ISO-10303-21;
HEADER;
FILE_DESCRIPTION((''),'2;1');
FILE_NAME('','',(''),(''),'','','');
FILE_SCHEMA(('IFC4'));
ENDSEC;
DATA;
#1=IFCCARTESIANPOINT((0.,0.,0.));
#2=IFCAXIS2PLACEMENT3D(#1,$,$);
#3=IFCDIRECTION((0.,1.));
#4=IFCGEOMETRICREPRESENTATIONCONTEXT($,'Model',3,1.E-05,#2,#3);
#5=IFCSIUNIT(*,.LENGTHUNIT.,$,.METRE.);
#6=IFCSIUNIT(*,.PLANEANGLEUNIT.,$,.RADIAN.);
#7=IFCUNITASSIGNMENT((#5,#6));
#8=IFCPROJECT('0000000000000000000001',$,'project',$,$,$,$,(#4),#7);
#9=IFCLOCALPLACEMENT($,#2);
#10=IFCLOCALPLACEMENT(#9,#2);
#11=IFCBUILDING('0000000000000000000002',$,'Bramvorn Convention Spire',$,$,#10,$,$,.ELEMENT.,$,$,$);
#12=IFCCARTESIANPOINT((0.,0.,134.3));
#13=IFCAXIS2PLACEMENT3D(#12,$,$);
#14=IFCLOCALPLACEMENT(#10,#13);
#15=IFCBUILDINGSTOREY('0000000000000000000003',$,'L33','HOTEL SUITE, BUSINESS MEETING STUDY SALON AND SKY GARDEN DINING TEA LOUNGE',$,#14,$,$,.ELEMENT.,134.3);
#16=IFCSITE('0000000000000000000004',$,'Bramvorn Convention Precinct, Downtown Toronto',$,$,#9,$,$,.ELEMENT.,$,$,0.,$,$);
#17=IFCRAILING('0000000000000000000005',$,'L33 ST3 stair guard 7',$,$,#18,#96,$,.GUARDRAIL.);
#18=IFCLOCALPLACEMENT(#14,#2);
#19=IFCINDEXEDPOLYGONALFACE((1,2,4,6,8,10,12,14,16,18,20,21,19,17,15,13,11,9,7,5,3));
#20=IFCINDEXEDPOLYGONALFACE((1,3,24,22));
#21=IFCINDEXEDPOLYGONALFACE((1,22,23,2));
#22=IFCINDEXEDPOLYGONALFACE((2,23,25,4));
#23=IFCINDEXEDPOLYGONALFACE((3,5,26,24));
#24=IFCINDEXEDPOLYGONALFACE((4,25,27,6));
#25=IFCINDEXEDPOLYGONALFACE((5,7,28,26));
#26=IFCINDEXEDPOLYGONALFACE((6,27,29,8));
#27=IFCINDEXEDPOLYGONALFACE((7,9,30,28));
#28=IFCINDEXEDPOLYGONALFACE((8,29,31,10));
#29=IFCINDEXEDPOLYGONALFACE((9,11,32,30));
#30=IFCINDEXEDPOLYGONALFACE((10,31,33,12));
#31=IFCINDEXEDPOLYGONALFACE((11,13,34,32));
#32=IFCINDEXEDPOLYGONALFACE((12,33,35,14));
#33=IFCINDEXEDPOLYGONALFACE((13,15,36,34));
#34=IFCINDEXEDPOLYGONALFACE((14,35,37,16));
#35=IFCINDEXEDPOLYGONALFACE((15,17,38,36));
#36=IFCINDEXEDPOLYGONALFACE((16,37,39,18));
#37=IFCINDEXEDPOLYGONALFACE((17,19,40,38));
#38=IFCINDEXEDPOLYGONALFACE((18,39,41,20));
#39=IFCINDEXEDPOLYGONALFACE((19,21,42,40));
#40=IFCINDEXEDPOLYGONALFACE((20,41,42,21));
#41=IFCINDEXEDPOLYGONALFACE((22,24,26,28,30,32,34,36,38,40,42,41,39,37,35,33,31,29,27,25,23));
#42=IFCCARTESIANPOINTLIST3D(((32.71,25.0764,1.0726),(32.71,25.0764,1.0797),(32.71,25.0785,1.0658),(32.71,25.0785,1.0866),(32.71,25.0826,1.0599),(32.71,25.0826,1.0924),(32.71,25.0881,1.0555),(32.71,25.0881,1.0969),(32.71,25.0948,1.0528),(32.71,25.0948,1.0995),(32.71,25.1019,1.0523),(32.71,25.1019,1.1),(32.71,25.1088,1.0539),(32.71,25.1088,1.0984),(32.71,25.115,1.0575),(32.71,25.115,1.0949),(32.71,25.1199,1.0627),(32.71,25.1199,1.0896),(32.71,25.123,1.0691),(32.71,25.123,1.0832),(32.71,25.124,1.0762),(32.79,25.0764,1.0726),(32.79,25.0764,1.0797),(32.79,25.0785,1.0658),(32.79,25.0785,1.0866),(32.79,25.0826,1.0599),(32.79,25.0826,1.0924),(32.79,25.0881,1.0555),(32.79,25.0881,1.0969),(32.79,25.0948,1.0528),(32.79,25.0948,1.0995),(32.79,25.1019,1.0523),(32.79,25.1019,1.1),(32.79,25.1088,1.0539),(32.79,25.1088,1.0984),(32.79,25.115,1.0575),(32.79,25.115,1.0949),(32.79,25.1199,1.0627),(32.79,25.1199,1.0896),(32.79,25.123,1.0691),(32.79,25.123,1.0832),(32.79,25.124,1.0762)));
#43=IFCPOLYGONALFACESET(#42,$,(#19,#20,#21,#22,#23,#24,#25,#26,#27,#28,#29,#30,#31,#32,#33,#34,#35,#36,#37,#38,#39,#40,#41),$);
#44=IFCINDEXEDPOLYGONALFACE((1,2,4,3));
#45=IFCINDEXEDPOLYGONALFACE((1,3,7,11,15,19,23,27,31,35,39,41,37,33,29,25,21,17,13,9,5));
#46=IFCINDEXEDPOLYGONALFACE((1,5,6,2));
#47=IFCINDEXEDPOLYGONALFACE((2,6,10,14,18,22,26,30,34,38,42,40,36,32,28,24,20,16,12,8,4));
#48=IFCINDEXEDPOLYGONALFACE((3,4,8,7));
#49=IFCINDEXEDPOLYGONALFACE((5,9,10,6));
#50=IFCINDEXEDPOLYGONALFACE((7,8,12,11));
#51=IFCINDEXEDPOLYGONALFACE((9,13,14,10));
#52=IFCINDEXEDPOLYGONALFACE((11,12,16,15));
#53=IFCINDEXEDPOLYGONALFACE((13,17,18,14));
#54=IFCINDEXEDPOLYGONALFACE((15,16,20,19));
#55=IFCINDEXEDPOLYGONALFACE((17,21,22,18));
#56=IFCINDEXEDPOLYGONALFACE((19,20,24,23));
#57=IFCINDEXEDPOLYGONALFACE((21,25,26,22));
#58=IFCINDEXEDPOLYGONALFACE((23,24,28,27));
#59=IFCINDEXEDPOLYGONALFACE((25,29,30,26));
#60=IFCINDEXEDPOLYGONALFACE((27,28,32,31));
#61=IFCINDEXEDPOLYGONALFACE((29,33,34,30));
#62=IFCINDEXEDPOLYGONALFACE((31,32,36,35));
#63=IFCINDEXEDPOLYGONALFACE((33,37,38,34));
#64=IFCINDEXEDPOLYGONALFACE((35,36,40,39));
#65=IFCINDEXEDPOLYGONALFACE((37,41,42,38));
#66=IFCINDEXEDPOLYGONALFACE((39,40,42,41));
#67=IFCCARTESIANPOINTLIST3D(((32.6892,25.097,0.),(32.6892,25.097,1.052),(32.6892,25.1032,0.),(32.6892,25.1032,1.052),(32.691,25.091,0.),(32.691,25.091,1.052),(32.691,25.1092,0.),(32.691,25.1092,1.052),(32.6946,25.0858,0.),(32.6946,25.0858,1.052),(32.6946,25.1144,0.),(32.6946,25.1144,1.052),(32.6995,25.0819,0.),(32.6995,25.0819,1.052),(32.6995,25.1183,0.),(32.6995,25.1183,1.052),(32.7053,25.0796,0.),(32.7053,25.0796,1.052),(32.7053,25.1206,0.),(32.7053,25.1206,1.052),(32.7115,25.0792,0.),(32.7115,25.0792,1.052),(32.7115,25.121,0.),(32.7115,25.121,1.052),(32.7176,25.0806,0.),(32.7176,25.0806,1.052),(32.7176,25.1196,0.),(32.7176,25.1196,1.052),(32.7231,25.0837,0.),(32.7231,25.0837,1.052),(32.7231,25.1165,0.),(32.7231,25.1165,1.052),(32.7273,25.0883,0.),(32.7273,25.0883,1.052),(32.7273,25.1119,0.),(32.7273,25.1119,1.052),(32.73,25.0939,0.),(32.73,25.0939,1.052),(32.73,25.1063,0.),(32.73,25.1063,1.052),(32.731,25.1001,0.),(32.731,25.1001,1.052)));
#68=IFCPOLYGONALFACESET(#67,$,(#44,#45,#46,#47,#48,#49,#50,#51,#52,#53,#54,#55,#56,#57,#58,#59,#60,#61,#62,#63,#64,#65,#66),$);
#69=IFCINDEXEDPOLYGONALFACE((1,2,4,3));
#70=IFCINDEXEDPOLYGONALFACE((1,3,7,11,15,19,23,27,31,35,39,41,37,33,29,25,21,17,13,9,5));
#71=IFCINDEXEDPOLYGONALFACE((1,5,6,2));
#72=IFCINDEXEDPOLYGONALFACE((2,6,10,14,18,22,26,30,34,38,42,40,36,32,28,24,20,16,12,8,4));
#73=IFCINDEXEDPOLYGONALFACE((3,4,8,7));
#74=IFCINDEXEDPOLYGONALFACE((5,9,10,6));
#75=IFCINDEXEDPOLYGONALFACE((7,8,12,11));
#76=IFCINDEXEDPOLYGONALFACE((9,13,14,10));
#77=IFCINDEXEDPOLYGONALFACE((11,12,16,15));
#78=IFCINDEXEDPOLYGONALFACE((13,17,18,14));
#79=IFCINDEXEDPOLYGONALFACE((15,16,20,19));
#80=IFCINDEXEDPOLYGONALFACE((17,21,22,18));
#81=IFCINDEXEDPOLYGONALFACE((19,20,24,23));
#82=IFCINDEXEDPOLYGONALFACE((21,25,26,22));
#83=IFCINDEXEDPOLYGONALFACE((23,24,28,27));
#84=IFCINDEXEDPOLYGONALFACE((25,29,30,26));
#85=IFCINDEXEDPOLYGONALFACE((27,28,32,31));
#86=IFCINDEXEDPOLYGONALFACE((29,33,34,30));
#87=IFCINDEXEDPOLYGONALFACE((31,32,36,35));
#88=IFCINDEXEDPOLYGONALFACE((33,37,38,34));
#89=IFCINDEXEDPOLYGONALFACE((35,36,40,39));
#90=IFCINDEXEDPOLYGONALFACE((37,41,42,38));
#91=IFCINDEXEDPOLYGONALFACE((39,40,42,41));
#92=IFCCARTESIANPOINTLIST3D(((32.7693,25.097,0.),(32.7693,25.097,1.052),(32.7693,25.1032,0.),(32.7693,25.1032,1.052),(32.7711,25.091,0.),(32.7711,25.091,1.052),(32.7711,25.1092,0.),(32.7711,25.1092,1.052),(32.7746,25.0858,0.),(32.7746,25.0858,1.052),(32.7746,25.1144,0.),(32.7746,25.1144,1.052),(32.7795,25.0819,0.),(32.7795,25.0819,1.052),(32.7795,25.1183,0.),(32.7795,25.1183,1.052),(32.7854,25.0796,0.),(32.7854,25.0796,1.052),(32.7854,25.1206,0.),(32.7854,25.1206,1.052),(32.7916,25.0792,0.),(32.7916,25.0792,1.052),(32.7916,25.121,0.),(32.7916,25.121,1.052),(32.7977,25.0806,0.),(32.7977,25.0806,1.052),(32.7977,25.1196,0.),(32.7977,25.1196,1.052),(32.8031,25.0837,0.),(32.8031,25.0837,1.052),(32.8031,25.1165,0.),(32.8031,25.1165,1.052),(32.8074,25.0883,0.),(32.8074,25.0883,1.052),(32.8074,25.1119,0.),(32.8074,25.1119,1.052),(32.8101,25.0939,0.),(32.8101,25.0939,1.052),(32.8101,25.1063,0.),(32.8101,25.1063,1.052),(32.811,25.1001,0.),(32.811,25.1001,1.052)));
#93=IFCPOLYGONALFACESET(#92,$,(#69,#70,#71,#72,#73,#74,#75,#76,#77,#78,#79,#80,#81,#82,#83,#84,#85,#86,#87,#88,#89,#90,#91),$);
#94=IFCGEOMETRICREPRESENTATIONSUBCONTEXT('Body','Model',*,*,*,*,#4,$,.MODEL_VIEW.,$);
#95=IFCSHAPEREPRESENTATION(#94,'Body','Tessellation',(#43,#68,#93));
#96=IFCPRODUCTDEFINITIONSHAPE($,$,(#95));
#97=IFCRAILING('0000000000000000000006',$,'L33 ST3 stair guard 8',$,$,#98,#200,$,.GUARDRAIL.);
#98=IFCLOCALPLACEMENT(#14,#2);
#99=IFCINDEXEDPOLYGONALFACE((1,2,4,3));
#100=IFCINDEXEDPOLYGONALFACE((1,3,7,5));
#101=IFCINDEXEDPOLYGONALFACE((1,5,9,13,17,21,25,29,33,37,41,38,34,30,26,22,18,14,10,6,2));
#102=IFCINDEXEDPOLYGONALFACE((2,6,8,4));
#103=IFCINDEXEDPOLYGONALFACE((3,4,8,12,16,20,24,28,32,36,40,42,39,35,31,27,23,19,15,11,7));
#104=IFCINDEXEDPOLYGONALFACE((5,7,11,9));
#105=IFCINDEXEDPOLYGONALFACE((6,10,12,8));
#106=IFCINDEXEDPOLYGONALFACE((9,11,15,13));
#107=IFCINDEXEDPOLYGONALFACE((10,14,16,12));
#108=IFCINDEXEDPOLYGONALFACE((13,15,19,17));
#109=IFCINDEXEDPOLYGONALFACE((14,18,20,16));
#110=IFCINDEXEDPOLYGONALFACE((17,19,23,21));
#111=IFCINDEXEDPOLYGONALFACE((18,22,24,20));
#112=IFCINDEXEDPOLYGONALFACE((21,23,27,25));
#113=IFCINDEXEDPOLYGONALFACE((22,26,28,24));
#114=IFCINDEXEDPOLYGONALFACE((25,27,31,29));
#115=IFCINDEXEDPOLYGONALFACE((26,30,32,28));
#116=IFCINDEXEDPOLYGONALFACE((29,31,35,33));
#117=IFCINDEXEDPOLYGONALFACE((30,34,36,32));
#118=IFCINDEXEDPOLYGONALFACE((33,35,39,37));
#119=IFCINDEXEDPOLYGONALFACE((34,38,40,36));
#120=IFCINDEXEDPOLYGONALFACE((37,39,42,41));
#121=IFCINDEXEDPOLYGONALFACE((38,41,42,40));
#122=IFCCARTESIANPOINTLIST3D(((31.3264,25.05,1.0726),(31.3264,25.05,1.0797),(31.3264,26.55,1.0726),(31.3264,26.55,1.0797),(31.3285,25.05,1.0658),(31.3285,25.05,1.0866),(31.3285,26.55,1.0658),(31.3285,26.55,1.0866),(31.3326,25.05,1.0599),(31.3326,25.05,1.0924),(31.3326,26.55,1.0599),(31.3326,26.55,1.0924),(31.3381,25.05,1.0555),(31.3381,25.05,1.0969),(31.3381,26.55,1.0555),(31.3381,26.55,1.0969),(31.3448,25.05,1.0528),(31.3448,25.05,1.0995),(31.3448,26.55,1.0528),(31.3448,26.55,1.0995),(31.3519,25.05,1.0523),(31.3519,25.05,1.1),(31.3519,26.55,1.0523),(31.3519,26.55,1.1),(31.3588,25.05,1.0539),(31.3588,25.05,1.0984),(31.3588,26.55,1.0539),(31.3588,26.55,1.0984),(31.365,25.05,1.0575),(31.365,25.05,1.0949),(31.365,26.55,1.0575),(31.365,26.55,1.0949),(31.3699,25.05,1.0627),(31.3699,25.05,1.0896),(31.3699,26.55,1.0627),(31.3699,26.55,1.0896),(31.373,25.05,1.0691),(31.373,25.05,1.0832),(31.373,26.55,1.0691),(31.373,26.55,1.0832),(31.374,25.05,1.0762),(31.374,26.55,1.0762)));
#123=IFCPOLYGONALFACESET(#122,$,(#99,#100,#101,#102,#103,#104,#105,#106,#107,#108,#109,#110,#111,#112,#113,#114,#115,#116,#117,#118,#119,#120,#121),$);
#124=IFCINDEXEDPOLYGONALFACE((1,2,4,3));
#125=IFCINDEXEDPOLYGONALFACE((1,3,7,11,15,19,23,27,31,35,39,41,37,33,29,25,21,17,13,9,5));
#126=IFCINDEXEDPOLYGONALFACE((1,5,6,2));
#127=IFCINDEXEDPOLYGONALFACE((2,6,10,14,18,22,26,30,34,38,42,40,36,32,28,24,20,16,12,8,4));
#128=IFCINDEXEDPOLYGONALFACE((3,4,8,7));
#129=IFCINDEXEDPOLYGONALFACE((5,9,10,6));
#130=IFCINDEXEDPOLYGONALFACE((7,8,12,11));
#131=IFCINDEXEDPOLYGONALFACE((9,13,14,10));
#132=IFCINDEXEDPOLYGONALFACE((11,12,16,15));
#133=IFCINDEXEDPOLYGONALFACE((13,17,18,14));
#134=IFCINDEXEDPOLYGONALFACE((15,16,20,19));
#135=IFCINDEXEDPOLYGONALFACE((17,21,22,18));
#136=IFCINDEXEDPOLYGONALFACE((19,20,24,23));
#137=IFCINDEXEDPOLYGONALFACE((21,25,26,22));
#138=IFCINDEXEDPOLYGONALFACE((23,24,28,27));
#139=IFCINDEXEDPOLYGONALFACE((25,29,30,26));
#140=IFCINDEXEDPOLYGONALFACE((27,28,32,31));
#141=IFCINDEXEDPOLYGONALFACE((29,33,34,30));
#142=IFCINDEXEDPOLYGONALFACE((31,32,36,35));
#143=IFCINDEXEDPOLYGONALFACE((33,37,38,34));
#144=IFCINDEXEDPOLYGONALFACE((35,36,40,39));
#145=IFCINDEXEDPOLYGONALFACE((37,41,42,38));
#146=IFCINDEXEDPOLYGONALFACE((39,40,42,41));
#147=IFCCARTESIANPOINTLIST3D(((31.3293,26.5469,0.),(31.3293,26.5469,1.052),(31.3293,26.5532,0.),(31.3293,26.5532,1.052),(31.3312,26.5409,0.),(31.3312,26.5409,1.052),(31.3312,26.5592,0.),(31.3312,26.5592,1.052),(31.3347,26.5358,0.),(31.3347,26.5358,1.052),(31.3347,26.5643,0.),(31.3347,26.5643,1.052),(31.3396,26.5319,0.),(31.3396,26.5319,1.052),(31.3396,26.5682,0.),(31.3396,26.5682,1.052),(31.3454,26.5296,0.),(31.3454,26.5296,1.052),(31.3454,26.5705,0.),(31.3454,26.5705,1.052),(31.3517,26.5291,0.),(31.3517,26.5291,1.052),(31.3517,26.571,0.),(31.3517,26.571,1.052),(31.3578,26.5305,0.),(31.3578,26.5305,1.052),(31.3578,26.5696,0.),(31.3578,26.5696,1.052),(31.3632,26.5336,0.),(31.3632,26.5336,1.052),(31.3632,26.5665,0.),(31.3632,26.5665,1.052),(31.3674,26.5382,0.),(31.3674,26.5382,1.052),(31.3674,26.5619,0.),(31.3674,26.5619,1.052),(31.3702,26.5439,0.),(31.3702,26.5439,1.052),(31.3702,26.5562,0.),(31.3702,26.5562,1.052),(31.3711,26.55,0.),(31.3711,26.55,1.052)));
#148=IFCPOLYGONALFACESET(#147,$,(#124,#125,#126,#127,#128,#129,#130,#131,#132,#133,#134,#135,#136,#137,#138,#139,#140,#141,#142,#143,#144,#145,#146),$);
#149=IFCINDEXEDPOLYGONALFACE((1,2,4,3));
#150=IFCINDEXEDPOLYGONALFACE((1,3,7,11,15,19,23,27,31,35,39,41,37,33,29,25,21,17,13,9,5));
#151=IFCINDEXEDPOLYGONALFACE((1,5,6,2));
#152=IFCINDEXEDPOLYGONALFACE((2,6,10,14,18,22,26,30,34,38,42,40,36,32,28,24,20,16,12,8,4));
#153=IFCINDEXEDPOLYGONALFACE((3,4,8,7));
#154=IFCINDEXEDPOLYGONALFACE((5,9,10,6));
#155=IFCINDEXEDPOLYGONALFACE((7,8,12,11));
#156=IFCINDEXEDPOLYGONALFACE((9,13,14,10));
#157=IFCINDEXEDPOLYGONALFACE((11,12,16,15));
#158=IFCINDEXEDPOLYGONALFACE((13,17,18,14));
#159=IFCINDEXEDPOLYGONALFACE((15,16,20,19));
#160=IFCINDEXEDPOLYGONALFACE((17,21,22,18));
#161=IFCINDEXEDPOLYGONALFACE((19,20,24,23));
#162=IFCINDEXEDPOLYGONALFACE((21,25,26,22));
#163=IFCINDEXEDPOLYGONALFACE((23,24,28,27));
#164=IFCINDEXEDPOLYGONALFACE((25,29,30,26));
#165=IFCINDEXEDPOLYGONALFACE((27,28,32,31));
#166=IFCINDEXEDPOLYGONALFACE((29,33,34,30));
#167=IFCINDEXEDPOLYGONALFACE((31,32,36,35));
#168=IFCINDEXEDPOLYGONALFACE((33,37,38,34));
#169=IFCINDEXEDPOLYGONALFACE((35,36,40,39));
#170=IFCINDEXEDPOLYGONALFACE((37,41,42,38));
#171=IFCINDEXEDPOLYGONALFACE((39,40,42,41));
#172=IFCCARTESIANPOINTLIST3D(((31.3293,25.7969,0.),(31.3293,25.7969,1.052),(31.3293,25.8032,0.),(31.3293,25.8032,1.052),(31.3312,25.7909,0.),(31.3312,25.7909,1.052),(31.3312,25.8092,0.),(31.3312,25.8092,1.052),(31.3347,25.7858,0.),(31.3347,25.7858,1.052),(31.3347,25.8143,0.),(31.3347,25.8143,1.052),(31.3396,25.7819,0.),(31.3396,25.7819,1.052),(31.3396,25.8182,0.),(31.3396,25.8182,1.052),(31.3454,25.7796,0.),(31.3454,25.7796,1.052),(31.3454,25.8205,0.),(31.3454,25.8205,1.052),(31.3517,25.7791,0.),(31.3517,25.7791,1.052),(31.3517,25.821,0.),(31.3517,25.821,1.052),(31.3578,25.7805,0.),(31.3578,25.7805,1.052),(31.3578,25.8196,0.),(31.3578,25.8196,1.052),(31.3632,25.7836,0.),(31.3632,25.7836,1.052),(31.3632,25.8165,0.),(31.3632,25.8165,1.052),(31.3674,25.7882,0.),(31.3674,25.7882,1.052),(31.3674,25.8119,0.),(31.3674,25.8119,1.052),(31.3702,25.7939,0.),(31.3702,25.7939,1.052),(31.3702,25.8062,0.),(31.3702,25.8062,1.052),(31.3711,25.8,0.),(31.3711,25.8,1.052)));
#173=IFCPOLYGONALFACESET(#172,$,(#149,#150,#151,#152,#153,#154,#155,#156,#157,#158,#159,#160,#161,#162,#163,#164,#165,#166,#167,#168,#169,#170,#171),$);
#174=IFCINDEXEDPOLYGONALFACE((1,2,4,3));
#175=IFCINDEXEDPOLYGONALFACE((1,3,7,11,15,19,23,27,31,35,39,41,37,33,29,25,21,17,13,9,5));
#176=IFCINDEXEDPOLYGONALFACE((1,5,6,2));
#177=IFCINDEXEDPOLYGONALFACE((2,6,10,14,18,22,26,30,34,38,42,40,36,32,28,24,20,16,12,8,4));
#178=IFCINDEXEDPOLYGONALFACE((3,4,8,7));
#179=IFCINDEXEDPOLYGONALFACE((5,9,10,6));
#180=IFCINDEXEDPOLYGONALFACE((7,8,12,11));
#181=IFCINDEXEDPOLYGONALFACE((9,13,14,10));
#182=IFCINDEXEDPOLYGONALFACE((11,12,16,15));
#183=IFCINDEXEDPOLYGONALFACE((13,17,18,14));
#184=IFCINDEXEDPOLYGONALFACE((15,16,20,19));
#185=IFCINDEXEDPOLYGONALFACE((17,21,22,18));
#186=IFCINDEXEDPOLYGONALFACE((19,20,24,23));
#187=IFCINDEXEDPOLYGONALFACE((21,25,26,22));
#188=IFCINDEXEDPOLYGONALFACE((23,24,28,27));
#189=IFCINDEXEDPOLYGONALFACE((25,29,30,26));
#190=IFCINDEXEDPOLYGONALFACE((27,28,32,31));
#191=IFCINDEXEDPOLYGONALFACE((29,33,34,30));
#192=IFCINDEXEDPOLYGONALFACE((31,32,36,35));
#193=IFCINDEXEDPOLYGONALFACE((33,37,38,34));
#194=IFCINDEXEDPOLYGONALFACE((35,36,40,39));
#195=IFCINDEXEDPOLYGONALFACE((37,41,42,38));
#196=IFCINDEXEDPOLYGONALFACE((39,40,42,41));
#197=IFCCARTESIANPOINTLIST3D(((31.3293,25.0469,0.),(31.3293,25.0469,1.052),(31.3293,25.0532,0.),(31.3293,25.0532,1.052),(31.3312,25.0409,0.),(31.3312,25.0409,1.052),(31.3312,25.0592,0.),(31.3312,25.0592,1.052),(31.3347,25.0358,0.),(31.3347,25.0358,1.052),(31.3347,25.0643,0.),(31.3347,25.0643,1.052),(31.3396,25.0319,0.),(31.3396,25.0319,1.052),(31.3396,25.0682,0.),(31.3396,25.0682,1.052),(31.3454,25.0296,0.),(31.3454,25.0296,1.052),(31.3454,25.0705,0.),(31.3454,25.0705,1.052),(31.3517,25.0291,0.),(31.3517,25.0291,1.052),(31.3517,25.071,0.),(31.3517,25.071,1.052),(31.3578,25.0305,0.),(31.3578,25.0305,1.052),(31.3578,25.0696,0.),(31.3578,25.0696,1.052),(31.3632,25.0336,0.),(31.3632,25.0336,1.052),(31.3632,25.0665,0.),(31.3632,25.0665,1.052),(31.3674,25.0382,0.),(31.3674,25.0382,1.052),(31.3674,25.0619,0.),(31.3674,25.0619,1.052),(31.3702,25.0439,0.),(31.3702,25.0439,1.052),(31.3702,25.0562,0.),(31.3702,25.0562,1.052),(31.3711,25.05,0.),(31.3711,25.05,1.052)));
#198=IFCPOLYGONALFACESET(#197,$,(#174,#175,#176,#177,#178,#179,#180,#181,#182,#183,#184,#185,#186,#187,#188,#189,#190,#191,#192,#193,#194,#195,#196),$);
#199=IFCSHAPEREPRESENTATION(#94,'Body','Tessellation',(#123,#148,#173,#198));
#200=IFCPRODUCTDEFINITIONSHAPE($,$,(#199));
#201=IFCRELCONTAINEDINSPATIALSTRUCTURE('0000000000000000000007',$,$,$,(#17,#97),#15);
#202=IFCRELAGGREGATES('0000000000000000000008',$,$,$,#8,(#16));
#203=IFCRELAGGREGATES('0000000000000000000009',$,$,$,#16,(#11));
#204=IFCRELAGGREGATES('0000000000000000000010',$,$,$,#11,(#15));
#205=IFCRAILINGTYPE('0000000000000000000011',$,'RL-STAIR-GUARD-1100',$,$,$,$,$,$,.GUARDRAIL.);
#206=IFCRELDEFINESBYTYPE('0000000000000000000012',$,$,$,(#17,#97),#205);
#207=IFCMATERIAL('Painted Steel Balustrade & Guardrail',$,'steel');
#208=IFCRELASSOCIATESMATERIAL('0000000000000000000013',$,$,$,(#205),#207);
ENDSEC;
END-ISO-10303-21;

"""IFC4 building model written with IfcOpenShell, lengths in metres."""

from ifc_helpers import new_model, si_unit, direction, frame, origin, origin_2d, place, context, subcontext, project, spatial, circle, extrude, material, type_object, element, save


model = new_model("IFC4")

# Units and contexts
model_context = context("Model", 3, precision=1e-05, world=origin(), true_north=direction((0.0, 1.0)))
body_context = subcontext(model_context, "Body", "Model", "MODEL_VIEW")
ifc_project = project(units=[si_unit("LENGTHUNIT", "METRE"), si_unit("PLANEANGLEUNIT", "RADIAN")], contexts=[model_context])

# Site, building, storey
site_placement = place(None, origin())
site = spatial("IfcSite", under=ifc_project, at=site_placement, Name="Bramvorn Convention Precinct, Downtown Toronto", CompositionType="ELEMENT", RefElevation=0.0)
building_placement = place(site_placement, origin())
building = spatial("IfcBuilding", under=site, at=building_placement, Name="Bramvorn Convention Spire", CompositionType="ELEMENT")
storey_placement = place(building_placement, frame((0.0, 0.0, 134.3)))
storey = spatial("IfcBuildingStorey", under=building, at=storey_placement, Name="L33", Description="HOTEL SUITE, BUSINESS MEETING STUDY SALON AND SKY GARDEN DINING TEA LOUNGE", CompositionType="ELEMENT", Elevation=134.3)

# Railings
ifc_material_1 = material(Name="Painted Steel Balustrade & Guardrail", Category="steel")
railing_type_1 = type_object("IfcRailingType", Name="RL-STAIR-GUARD-1100", PredefinedType="GUARDRAIL", material=ifc_material_1)
railing_1_placement = place(storey_placement, frame((32.71, 25.1001, 0.0)))
element("IfcRailing", 1, at=railing_1_placement, inside=storey, type_object=railing_type_1, Name="L33 ST3 stair guard 7", PredefinedType="GUARDRAIL", context=body_context, shape_type="SweptSolid", body=[
    extrude(circle(Radius=0.0239, at=origin_2d()), frame((0.0, 0.0, 1.0762), z_axis=(1.0, 0.0, 0.0), x_axis=(0.0, 1.0, 0.0)), (0.0, 0.0, 1.0), 0.0801),
    extrude(circle(Radius=0.021, at=origin_2d()), origin(), (0.0, 0.0, 1.0), 1.052),
    extrude(circle(Radius=0.021, at=origin_2d()), frame((0.0801, 0.0, 0.0)), (0.0, 0.0, 1.0), 1.052),
])
railing_2_placement = place(storey_placement, frame((31.3501, 26.55, 0.0)))
element("IfcRailing", 2, at=railing_2_placement, inside=storey, type_object=railing_type_1, Name="L33 ST3 stair guard 8", PredefinedType="GUARDRAIL", context=body_context, shape_type="SweptSolid", body=[
    extrude(circle(Radius=0.0239, at=origin_2d()), frame((0.0, 0.0, 1.0762), z_axis=(0.0, -1.0, 0.0), x_axis=(1.0, 0.0, 0.0)), (0.0, 0.0, 1.0), 1.5),
    extrude(circle(Radius=0.021, at=origin_2d()), origin(), (0.0, 0.0, 1.0), 1.052),
    extrude(circle(Radius=0.021, at=origin_2d()), frame((0.0, -0.75, 0.0)), (0.0, 0.0, 1.0), 1.052),
    extrude(circle(Radius=0.021, at=origin_2d()), frame((0.0, -1.5, 0.0)), (0.0, 0.0, 1.0), 1.052),
])

save(model, "model.ifc")
